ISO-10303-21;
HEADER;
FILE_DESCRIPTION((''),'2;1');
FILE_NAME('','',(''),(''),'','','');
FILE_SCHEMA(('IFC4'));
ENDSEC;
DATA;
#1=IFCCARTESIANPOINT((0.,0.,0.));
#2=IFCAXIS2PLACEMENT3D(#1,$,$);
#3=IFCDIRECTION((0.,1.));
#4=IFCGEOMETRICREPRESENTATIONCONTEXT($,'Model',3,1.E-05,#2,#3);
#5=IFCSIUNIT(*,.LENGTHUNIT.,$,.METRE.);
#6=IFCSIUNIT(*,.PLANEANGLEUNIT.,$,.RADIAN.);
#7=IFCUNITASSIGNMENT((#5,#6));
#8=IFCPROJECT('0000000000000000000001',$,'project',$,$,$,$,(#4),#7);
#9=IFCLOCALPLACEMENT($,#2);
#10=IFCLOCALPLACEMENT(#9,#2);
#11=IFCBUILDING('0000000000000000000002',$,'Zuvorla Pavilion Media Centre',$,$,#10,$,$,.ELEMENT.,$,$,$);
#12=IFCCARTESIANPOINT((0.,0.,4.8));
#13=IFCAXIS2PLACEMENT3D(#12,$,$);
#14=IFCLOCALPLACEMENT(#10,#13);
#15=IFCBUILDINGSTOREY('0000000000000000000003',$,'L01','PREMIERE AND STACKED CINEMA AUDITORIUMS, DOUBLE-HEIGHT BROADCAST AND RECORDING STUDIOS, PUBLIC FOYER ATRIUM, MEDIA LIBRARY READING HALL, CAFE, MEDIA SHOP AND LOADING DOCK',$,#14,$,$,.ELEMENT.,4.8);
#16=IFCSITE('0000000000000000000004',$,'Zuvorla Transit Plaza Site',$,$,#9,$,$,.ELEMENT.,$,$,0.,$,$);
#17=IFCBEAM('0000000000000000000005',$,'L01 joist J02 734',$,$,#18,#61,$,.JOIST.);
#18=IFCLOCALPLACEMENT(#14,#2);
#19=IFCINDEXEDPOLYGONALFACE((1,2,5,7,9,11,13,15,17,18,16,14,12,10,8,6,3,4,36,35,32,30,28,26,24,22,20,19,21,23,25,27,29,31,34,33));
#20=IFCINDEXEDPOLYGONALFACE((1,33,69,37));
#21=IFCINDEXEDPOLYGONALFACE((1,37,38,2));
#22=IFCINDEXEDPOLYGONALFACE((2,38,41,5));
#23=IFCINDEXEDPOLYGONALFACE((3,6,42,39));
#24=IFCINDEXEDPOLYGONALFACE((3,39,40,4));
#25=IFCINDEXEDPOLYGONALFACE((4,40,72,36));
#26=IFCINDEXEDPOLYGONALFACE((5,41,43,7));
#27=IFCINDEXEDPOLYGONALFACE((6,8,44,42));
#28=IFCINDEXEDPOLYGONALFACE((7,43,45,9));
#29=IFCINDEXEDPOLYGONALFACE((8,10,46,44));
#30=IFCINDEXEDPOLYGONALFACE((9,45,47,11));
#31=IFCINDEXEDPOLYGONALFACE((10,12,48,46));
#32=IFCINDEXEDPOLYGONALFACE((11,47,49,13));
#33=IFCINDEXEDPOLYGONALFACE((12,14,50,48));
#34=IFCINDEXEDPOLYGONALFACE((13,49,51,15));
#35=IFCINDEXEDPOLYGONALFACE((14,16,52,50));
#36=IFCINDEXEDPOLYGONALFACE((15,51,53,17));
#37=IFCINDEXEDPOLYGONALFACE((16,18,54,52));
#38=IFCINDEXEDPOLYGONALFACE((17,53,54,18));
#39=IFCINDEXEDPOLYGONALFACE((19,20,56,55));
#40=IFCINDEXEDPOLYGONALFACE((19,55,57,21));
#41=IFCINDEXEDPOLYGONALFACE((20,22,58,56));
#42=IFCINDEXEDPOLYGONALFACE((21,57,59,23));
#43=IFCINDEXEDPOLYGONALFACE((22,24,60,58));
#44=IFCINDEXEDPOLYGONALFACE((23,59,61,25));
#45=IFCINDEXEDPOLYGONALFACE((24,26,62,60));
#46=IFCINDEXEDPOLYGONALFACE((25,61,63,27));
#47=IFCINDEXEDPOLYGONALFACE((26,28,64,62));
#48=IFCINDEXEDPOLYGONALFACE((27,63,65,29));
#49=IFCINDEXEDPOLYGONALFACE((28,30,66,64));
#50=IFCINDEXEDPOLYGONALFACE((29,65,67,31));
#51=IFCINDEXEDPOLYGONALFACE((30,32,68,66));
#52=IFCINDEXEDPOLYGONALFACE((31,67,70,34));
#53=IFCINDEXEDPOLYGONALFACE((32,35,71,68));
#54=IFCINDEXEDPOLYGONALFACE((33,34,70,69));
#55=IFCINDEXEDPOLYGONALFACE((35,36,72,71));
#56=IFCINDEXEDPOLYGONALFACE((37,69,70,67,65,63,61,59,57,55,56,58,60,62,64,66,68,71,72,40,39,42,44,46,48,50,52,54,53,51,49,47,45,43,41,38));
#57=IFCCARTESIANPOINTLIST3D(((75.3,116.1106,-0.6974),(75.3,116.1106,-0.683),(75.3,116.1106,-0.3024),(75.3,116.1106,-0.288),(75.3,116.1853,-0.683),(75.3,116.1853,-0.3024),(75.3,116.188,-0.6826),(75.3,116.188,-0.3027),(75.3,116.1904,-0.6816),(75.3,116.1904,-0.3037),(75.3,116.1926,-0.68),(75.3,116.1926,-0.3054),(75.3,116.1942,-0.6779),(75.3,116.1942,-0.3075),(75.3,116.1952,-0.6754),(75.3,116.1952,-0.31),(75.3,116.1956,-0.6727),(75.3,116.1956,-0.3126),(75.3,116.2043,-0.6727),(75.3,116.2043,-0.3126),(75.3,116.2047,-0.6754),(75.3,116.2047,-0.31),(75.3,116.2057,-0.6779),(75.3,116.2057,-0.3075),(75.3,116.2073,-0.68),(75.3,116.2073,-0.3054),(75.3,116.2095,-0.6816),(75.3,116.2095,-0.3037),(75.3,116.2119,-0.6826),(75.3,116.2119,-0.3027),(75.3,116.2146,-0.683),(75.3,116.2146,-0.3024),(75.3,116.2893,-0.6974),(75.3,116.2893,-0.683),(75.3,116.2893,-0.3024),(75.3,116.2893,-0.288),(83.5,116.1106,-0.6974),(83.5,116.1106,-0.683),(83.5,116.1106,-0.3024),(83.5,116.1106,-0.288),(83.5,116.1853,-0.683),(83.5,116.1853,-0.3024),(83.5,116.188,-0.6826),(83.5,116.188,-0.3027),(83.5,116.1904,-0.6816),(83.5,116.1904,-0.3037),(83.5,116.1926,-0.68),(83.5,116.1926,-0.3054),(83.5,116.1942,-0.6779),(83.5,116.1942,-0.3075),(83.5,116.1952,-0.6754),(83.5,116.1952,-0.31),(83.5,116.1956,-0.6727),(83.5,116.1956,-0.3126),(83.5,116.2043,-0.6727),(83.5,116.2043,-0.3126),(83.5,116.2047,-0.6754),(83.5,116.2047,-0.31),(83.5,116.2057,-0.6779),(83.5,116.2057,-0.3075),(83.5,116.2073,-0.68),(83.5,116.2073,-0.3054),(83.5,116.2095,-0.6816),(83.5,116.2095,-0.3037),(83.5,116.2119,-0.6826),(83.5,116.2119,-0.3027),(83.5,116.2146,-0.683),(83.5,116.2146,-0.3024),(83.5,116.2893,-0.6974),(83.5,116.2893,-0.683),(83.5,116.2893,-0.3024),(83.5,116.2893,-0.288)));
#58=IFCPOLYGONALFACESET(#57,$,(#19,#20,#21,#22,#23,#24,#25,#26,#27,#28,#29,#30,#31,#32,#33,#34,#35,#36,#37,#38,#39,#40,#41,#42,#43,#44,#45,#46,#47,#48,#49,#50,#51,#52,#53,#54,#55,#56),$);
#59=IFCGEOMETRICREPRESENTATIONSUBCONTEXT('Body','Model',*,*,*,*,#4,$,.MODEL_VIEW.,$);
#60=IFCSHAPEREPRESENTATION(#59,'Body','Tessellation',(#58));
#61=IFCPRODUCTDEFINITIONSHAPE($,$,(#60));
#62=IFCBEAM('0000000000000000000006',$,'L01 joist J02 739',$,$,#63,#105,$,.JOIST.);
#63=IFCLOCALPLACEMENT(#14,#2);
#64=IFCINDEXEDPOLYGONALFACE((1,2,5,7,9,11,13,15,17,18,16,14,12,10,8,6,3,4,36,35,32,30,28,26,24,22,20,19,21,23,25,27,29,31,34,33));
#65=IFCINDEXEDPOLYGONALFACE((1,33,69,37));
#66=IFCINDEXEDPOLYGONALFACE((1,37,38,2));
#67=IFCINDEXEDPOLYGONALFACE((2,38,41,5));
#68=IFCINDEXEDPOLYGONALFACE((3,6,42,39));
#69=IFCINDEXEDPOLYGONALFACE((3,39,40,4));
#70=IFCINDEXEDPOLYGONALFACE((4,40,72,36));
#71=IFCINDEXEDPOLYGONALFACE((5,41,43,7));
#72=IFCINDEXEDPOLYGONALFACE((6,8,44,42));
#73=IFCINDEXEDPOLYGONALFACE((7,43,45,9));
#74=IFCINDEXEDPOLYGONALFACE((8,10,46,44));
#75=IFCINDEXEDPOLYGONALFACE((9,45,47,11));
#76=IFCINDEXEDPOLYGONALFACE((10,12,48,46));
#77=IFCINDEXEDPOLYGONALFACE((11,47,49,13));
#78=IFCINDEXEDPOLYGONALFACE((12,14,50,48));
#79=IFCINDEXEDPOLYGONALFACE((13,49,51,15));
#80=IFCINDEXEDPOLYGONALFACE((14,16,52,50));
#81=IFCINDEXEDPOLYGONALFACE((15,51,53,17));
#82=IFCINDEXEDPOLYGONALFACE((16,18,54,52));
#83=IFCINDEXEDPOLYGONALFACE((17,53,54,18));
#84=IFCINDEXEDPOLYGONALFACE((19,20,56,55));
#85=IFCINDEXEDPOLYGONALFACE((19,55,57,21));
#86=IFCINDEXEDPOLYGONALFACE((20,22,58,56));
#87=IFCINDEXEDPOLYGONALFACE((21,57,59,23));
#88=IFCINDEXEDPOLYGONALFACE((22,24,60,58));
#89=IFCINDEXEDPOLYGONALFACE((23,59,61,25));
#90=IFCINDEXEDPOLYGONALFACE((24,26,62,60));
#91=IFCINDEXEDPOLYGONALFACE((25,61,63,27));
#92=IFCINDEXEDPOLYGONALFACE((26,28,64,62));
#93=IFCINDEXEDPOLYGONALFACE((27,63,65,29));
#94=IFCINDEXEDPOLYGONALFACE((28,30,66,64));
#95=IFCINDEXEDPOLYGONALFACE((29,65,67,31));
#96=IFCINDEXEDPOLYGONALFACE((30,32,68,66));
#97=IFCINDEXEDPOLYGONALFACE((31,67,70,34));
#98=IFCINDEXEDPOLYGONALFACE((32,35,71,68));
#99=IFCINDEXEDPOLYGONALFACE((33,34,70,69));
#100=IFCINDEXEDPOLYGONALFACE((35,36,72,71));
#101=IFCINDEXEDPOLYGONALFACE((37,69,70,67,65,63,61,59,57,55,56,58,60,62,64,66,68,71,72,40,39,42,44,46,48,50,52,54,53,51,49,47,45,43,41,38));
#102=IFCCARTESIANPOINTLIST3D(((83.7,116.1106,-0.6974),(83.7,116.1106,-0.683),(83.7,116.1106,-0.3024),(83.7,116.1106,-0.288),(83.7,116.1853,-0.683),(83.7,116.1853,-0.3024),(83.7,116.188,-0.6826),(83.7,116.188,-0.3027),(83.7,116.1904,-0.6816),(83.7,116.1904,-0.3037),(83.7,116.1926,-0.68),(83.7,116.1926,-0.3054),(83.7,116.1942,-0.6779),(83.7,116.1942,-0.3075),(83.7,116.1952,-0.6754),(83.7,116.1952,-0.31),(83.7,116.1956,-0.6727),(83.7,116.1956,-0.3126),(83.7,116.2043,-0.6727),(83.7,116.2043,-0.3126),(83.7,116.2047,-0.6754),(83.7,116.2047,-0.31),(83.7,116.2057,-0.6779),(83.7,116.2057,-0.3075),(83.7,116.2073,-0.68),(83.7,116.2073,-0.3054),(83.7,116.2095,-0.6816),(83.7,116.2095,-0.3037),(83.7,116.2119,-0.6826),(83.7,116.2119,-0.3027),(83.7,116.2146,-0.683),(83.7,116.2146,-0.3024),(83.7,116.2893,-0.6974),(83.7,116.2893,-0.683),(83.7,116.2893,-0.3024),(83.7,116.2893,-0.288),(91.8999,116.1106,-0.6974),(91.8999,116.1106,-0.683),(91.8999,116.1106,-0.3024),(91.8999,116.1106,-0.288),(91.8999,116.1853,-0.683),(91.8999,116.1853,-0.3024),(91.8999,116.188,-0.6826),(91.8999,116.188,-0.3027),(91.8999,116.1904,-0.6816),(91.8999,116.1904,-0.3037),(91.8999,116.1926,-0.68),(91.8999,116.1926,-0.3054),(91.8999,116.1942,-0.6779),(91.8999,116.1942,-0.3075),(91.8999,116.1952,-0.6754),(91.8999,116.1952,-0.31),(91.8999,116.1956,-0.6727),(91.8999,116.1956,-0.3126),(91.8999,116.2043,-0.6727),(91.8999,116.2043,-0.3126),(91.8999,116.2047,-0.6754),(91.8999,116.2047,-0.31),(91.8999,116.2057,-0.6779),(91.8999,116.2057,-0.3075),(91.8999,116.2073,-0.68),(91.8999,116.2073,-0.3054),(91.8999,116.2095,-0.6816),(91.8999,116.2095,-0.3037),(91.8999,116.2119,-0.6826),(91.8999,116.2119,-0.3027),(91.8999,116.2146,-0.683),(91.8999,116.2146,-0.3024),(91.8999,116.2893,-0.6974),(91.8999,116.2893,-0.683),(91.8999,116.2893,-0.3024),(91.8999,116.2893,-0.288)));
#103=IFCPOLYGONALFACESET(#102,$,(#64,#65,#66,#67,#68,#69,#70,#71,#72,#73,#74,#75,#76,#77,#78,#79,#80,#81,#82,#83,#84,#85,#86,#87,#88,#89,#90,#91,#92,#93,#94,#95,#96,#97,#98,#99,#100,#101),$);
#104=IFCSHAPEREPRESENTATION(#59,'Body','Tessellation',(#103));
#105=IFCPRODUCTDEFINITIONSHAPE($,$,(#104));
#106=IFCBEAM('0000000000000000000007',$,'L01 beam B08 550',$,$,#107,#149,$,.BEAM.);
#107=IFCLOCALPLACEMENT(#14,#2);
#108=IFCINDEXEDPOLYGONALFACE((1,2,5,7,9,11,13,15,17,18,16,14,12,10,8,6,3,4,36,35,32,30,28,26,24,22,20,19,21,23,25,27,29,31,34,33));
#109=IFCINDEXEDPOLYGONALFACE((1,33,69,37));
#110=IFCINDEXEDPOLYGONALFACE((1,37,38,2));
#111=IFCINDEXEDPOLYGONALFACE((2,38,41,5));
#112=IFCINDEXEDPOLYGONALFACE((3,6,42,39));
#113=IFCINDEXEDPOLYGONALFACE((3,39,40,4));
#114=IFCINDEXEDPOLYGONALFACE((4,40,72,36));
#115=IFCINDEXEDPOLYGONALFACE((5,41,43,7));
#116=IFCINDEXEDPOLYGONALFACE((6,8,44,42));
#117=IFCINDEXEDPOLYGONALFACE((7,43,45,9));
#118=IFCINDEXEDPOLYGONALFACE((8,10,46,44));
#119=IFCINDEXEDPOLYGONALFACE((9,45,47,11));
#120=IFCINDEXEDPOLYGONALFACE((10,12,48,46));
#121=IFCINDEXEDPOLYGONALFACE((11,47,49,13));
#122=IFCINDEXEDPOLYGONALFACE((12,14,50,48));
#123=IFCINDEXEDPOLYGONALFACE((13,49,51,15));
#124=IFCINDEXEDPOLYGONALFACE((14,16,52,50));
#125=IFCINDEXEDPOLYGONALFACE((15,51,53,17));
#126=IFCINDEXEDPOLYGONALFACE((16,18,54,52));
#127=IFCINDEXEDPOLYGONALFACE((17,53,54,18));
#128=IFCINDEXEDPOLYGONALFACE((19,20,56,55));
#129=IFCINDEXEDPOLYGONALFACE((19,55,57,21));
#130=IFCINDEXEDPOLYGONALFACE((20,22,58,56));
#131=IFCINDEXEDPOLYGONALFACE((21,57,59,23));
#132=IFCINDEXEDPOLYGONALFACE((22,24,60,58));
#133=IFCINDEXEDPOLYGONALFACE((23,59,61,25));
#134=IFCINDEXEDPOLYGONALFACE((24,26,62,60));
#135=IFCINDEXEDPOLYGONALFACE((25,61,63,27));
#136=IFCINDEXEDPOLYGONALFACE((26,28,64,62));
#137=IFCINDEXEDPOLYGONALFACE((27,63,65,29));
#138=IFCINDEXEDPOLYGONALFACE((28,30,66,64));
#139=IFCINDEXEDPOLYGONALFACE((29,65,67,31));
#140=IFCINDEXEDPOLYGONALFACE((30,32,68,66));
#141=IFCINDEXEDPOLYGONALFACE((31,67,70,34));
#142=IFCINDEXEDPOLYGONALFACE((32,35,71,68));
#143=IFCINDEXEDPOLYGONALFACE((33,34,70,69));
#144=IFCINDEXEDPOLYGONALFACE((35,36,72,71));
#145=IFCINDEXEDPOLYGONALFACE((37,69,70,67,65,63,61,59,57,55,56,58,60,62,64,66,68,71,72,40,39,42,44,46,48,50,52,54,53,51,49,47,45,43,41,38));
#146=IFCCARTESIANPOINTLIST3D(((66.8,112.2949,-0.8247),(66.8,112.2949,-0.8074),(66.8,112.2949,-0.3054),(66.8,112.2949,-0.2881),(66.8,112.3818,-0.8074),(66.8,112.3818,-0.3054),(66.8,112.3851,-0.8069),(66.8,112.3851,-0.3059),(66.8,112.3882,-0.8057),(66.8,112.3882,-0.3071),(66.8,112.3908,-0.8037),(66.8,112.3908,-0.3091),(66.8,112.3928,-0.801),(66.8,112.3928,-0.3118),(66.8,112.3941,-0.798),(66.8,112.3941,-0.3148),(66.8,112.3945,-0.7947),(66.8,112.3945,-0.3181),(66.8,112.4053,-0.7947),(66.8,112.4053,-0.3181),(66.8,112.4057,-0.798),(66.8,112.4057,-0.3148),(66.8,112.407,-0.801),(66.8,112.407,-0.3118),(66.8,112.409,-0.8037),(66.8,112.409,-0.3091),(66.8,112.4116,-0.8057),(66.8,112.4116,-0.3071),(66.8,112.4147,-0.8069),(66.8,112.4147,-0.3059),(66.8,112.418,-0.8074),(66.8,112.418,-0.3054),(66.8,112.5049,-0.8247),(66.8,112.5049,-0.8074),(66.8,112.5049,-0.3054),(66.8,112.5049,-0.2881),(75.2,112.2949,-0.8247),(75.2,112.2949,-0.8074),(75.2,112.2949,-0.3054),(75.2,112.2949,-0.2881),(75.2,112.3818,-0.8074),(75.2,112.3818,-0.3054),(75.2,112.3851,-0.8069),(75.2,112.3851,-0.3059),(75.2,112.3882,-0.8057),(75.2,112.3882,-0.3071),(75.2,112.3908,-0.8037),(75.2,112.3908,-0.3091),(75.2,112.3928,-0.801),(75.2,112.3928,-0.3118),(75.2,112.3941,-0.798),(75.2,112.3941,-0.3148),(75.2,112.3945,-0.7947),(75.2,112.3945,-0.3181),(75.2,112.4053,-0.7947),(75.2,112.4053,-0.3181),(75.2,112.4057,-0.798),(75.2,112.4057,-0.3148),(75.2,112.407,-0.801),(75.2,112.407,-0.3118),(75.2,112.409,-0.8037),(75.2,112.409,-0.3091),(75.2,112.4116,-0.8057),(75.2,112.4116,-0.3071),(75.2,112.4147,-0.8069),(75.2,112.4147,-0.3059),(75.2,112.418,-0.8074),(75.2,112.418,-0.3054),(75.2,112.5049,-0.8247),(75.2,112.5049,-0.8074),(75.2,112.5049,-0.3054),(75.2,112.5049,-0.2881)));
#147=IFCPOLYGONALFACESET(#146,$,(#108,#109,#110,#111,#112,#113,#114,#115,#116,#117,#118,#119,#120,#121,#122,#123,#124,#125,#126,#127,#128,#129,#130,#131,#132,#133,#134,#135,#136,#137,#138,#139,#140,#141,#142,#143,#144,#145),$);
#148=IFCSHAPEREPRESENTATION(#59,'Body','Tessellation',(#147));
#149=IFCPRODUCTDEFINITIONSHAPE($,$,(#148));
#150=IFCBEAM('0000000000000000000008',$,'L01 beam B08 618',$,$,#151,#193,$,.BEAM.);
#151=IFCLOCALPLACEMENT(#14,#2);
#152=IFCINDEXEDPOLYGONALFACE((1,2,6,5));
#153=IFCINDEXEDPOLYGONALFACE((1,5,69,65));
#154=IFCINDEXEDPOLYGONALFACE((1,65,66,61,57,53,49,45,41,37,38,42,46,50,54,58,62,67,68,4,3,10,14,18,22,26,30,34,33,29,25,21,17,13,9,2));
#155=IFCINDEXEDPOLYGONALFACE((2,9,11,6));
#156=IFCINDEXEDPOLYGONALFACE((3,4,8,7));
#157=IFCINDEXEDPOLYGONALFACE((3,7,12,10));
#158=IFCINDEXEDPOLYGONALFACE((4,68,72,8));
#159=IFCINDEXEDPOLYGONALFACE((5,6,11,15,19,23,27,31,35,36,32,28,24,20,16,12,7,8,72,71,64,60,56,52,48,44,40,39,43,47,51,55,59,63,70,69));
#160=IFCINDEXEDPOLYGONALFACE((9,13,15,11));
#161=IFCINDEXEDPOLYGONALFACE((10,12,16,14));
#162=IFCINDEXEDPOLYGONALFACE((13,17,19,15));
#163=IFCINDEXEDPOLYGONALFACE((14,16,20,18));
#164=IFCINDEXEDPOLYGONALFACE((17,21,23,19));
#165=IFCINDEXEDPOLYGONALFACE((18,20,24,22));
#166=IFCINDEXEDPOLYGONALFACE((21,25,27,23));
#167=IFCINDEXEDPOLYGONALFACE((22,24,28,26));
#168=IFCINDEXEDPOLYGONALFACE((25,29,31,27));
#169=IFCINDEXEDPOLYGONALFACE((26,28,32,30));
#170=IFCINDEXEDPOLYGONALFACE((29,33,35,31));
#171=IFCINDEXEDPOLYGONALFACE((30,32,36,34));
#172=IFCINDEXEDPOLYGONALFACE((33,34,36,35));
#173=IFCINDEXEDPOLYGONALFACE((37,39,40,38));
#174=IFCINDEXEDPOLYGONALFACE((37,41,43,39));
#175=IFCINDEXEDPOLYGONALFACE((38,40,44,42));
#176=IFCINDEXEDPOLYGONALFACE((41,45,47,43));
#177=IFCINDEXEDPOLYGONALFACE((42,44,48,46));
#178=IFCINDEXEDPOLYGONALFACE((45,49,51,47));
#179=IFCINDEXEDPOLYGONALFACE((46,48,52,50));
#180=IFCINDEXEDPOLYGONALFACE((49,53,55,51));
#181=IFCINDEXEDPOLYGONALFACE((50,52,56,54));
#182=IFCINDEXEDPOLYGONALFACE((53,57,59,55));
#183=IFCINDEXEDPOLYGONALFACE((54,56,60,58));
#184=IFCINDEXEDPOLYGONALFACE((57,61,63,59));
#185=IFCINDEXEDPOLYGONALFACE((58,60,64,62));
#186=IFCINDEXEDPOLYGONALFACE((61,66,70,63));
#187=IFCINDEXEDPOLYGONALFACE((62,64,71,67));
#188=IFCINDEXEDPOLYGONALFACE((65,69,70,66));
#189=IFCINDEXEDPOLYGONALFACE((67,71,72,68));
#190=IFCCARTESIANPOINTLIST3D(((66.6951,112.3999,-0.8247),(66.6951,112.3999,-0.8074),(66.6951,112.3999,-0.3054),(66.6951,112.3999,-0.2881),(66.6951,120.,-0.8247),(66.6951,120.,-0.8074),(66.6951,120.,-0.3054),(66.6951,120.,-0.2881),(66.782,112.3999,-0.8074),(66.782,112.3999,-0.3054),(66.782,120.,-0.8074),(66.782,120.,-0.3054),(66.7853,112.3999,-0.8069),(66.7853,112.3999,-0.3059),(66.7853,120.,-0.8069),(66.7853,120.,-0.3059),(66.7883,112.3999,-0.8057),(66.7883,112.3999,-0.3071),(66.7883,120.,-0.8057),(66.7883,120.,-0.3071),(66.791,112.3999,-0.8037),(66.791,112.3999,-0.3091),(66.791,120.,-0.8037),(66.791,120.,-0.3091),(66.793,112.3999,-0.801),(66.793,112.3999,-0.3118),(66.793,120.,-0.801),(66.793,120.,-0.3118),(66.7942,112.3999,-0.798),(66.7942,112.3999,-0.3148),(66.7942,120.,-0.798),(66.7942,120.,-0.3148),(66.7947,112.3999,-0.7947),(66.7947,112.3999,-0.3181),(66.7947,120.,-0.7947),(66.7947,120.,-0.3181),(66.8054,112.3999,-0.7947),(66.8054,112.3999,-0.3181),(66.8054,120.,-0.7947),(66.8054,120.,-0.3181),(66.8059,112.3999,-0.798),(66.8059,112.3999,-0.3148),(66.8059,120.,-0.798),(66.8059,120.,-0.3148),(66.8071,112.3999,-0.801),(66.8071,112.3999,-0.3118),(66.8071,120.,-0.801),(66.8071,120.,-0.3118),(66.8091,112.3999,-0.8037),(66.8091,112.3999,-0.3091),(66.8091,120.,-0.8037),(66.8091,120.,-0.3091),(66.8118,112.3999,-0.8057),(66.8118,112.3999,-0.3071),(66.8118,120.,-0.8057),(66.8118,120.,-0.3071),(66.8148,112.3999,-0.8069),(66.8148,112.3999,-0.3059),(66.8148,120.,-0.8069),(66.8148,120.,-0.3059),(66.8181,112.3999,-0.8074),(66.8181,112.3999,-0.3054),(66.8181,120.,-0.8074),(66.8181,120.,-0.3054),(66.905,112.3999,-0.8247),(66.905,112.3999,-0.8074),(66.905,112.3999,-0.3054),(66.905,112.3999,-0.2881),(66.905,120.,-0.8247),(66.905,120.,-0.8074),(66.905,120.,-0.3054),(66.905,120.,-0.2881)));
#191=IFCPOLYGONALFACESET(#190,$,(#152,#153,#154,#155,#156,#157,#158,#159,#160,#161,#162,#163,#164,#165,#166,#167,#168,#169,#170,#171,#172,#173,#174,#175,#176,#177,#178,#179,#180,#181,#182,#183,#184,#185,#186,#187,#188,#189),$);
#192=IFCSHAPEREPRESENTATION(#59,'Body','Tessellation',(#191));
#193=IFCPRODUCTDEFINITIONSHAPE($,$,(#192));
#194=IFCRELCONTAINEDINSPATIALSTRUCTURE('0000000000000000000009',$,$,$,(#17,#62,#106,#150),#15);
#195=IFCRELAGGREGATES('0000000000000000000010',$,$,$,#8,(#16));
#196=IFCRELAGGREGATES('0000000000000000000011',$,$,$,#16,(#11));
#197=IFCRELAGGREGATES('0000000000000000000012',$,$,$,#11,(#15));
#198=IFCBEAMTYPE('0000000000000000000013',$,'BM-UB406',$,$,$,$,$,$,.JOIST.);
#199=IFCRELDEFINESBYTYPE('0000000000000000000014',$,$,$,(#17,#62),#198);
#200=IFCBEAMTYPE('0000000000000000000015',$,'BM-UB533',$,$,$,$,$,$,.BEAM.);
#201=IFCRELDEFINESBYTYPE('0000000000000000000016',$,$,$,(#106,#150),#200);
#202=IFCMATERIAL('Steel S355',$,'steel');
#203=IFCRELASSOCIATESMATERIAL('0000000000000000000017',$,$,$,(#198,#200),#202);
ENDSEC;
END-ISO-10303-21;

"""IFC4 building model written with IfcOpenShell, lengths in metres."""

from ifc_helpers import new_model, si_unit, direction, frame, origin, origin_2d, place, context, subcontext, project, spatial, i_section, extrude, material, material_profile, profile_set, type_object, element, save


model = new_model("IFC4")

# Units and contexts
model_context = context("Model", 3, precision=1e-05, world=origin(), true_north=direction((0.0, 1.0)))
body_context = subcontext(model_context, "Body", "Model", "MODEL_VIEW")
ifc_project = project(units=[si_unit("LENGTHUNIT", "METRE"), si_unit("PLANEANGLEUNIT", "RADIAN")], contexts=[model_context])

# Site, building, storey
site_placement = place(None, origin())
site = spatial("IfcSite", under=ifc_project, at=site_placement, Name="Zuvorla Transit Plaza Site", CompositionType="ELEMENT", RefElevation=0.0)
building_placement = place(site_placement, origin())
building = spatial("IfcBuilding", under=site, at=building_placement, Name="Zuvorla Pavilion Media Centre", CompositionType="ELEMENT")
storey_placement = place(building_placement, frame((0.0, 0.0, 4.8)))
storey = spatial("IfcBuildingStorey", under=building, at=storey_placement, Name="L01", Description="PREMIERE AND STACKED CINEMA AUDITORIUMS, DOUBLE-HEIGHT BROADCAST AND RECORDING STUDIOS, PUBLIC FOYER ATRIUM, MEDIA LIBRARY READING HALL, CAFE, MEDIA SHOP AND LOADING DOCK", CompositionType="ELEMENT", Elevation=4.8)

# Beams
ifc_material_1 = material(Name="Steel S355", Category="steel")
ifc_material_profile_1 = material_profile(ifc_material_1, i_section(OverallWidth=0.1787, OverallDepth=0.4094, WebThickness=0.0088, FlangeThickness=0.0144, FilletRadius=0.0103, at=origin_2d()), Name="UB 406x178x67")
ifc_profile_set_1 = profile_set([ifc_material_profile_1], Name="Steel S355")
beam_type_1 = type_object("IfcBeamType", Name="BM-UB406", PredefinedType="JOIST", material=ifc_profile_set_1)
for number, where, z_axis, x_axis, name in (
    (1, (75.3, 116.2, -0.4927), (1.0, 0.0, 0.0), (0.0, 1.0, 0.0), "L01 joist J02 734"),
    (2, (83.7, 116.2, -0.4927), (1.0, 0.0, 0.0), (0.0, 1.0, 0.0), "L01 joist J02 739"),
):
    element("IfcBeam", number, at=place(storey_placement, frame(where, z_axis=z_axis, x_axis=x_axis)), inside=storey, type_object=beam_type_1, Name=name, PredefinedType="JOIST", context=body_context, shape_type="SweptSolid", body=[
        extrude(i_section(OverallWidth=0.1787, OverallDepth=0.4094, WebThickness=0.0088, FlangeThickness=0.0144, FilletRadius=0.0103, at=origin_2d()), origin(), (0.0, 0.0, 1.0), 8.2),
    ])
ifc_material_profile_2 = material_profile(ifc_material_1, i_section(OverallWidth=0.21, OverallDepth=0.5366, WebThickness=0.0107, FlangeThickness=0.0173, FilletRadius=0.0127, at=origin_2d()), Name="UB 533x210x101")
ifc_profile_set_2 = profile_set([ifc_material_profile_2], Name="Steel S355")
beam_type_2 = type_object("IfcBeamType", Name="BM-UB533", PredefinedType="BEAM", material=ifc_profile_set_2)
beam_1_placement = place(storey_placement, frame((66.8, 112.3999, -0.5564), z_axis=(1.0, 0.0, 0.0), x_axis=(0.0, 1.0, 0.0)))
element("IfcBeam", 3, at=beam_1_placement, inside=storey, type_object=beam_type_2, Name="L01 beam B08 550", PredefinedType="BEAM", context=body_context, shape_type="SweptSolid", body=[
    extrude(i_section(OverallWidth=0.21, OverallDepth=0.5366, WebThickness=0.0107, FlangeThickness=0.0173, FilletRadius=0.0127, at=origin_2d()), origin(), (0.0, 0.0, 1.0), 8.3999),
])
for number, where, z_axis, x_axis, name in (
    (4, (66.8, 112.3999, -0.5564), (0.0, 1.0, 0.0), (-1.0, 0.0, 0.0), "L01 beam B08 618"),
):
    element("IfcBeam", number, at=place(storey_placement, frame(where, z_axis=z_axis, x_axis=x_axis)), inside=storey, type_object=beam_type_2, Name=name, PredefinedType="BEAM", context=body_context, shape_type="SweptSolid", body=[
        extrude(i_section(OverallWidth=0.21, OverallDepth=0.5366, WebThickness=0.0107, FlangeThickness=0.0173, FilletRadius=0.0127, at=origin_2d()), origin(), (0.0, 0.0, 1.0), 7.6001),
    ])

save(model, "model.ifc")
